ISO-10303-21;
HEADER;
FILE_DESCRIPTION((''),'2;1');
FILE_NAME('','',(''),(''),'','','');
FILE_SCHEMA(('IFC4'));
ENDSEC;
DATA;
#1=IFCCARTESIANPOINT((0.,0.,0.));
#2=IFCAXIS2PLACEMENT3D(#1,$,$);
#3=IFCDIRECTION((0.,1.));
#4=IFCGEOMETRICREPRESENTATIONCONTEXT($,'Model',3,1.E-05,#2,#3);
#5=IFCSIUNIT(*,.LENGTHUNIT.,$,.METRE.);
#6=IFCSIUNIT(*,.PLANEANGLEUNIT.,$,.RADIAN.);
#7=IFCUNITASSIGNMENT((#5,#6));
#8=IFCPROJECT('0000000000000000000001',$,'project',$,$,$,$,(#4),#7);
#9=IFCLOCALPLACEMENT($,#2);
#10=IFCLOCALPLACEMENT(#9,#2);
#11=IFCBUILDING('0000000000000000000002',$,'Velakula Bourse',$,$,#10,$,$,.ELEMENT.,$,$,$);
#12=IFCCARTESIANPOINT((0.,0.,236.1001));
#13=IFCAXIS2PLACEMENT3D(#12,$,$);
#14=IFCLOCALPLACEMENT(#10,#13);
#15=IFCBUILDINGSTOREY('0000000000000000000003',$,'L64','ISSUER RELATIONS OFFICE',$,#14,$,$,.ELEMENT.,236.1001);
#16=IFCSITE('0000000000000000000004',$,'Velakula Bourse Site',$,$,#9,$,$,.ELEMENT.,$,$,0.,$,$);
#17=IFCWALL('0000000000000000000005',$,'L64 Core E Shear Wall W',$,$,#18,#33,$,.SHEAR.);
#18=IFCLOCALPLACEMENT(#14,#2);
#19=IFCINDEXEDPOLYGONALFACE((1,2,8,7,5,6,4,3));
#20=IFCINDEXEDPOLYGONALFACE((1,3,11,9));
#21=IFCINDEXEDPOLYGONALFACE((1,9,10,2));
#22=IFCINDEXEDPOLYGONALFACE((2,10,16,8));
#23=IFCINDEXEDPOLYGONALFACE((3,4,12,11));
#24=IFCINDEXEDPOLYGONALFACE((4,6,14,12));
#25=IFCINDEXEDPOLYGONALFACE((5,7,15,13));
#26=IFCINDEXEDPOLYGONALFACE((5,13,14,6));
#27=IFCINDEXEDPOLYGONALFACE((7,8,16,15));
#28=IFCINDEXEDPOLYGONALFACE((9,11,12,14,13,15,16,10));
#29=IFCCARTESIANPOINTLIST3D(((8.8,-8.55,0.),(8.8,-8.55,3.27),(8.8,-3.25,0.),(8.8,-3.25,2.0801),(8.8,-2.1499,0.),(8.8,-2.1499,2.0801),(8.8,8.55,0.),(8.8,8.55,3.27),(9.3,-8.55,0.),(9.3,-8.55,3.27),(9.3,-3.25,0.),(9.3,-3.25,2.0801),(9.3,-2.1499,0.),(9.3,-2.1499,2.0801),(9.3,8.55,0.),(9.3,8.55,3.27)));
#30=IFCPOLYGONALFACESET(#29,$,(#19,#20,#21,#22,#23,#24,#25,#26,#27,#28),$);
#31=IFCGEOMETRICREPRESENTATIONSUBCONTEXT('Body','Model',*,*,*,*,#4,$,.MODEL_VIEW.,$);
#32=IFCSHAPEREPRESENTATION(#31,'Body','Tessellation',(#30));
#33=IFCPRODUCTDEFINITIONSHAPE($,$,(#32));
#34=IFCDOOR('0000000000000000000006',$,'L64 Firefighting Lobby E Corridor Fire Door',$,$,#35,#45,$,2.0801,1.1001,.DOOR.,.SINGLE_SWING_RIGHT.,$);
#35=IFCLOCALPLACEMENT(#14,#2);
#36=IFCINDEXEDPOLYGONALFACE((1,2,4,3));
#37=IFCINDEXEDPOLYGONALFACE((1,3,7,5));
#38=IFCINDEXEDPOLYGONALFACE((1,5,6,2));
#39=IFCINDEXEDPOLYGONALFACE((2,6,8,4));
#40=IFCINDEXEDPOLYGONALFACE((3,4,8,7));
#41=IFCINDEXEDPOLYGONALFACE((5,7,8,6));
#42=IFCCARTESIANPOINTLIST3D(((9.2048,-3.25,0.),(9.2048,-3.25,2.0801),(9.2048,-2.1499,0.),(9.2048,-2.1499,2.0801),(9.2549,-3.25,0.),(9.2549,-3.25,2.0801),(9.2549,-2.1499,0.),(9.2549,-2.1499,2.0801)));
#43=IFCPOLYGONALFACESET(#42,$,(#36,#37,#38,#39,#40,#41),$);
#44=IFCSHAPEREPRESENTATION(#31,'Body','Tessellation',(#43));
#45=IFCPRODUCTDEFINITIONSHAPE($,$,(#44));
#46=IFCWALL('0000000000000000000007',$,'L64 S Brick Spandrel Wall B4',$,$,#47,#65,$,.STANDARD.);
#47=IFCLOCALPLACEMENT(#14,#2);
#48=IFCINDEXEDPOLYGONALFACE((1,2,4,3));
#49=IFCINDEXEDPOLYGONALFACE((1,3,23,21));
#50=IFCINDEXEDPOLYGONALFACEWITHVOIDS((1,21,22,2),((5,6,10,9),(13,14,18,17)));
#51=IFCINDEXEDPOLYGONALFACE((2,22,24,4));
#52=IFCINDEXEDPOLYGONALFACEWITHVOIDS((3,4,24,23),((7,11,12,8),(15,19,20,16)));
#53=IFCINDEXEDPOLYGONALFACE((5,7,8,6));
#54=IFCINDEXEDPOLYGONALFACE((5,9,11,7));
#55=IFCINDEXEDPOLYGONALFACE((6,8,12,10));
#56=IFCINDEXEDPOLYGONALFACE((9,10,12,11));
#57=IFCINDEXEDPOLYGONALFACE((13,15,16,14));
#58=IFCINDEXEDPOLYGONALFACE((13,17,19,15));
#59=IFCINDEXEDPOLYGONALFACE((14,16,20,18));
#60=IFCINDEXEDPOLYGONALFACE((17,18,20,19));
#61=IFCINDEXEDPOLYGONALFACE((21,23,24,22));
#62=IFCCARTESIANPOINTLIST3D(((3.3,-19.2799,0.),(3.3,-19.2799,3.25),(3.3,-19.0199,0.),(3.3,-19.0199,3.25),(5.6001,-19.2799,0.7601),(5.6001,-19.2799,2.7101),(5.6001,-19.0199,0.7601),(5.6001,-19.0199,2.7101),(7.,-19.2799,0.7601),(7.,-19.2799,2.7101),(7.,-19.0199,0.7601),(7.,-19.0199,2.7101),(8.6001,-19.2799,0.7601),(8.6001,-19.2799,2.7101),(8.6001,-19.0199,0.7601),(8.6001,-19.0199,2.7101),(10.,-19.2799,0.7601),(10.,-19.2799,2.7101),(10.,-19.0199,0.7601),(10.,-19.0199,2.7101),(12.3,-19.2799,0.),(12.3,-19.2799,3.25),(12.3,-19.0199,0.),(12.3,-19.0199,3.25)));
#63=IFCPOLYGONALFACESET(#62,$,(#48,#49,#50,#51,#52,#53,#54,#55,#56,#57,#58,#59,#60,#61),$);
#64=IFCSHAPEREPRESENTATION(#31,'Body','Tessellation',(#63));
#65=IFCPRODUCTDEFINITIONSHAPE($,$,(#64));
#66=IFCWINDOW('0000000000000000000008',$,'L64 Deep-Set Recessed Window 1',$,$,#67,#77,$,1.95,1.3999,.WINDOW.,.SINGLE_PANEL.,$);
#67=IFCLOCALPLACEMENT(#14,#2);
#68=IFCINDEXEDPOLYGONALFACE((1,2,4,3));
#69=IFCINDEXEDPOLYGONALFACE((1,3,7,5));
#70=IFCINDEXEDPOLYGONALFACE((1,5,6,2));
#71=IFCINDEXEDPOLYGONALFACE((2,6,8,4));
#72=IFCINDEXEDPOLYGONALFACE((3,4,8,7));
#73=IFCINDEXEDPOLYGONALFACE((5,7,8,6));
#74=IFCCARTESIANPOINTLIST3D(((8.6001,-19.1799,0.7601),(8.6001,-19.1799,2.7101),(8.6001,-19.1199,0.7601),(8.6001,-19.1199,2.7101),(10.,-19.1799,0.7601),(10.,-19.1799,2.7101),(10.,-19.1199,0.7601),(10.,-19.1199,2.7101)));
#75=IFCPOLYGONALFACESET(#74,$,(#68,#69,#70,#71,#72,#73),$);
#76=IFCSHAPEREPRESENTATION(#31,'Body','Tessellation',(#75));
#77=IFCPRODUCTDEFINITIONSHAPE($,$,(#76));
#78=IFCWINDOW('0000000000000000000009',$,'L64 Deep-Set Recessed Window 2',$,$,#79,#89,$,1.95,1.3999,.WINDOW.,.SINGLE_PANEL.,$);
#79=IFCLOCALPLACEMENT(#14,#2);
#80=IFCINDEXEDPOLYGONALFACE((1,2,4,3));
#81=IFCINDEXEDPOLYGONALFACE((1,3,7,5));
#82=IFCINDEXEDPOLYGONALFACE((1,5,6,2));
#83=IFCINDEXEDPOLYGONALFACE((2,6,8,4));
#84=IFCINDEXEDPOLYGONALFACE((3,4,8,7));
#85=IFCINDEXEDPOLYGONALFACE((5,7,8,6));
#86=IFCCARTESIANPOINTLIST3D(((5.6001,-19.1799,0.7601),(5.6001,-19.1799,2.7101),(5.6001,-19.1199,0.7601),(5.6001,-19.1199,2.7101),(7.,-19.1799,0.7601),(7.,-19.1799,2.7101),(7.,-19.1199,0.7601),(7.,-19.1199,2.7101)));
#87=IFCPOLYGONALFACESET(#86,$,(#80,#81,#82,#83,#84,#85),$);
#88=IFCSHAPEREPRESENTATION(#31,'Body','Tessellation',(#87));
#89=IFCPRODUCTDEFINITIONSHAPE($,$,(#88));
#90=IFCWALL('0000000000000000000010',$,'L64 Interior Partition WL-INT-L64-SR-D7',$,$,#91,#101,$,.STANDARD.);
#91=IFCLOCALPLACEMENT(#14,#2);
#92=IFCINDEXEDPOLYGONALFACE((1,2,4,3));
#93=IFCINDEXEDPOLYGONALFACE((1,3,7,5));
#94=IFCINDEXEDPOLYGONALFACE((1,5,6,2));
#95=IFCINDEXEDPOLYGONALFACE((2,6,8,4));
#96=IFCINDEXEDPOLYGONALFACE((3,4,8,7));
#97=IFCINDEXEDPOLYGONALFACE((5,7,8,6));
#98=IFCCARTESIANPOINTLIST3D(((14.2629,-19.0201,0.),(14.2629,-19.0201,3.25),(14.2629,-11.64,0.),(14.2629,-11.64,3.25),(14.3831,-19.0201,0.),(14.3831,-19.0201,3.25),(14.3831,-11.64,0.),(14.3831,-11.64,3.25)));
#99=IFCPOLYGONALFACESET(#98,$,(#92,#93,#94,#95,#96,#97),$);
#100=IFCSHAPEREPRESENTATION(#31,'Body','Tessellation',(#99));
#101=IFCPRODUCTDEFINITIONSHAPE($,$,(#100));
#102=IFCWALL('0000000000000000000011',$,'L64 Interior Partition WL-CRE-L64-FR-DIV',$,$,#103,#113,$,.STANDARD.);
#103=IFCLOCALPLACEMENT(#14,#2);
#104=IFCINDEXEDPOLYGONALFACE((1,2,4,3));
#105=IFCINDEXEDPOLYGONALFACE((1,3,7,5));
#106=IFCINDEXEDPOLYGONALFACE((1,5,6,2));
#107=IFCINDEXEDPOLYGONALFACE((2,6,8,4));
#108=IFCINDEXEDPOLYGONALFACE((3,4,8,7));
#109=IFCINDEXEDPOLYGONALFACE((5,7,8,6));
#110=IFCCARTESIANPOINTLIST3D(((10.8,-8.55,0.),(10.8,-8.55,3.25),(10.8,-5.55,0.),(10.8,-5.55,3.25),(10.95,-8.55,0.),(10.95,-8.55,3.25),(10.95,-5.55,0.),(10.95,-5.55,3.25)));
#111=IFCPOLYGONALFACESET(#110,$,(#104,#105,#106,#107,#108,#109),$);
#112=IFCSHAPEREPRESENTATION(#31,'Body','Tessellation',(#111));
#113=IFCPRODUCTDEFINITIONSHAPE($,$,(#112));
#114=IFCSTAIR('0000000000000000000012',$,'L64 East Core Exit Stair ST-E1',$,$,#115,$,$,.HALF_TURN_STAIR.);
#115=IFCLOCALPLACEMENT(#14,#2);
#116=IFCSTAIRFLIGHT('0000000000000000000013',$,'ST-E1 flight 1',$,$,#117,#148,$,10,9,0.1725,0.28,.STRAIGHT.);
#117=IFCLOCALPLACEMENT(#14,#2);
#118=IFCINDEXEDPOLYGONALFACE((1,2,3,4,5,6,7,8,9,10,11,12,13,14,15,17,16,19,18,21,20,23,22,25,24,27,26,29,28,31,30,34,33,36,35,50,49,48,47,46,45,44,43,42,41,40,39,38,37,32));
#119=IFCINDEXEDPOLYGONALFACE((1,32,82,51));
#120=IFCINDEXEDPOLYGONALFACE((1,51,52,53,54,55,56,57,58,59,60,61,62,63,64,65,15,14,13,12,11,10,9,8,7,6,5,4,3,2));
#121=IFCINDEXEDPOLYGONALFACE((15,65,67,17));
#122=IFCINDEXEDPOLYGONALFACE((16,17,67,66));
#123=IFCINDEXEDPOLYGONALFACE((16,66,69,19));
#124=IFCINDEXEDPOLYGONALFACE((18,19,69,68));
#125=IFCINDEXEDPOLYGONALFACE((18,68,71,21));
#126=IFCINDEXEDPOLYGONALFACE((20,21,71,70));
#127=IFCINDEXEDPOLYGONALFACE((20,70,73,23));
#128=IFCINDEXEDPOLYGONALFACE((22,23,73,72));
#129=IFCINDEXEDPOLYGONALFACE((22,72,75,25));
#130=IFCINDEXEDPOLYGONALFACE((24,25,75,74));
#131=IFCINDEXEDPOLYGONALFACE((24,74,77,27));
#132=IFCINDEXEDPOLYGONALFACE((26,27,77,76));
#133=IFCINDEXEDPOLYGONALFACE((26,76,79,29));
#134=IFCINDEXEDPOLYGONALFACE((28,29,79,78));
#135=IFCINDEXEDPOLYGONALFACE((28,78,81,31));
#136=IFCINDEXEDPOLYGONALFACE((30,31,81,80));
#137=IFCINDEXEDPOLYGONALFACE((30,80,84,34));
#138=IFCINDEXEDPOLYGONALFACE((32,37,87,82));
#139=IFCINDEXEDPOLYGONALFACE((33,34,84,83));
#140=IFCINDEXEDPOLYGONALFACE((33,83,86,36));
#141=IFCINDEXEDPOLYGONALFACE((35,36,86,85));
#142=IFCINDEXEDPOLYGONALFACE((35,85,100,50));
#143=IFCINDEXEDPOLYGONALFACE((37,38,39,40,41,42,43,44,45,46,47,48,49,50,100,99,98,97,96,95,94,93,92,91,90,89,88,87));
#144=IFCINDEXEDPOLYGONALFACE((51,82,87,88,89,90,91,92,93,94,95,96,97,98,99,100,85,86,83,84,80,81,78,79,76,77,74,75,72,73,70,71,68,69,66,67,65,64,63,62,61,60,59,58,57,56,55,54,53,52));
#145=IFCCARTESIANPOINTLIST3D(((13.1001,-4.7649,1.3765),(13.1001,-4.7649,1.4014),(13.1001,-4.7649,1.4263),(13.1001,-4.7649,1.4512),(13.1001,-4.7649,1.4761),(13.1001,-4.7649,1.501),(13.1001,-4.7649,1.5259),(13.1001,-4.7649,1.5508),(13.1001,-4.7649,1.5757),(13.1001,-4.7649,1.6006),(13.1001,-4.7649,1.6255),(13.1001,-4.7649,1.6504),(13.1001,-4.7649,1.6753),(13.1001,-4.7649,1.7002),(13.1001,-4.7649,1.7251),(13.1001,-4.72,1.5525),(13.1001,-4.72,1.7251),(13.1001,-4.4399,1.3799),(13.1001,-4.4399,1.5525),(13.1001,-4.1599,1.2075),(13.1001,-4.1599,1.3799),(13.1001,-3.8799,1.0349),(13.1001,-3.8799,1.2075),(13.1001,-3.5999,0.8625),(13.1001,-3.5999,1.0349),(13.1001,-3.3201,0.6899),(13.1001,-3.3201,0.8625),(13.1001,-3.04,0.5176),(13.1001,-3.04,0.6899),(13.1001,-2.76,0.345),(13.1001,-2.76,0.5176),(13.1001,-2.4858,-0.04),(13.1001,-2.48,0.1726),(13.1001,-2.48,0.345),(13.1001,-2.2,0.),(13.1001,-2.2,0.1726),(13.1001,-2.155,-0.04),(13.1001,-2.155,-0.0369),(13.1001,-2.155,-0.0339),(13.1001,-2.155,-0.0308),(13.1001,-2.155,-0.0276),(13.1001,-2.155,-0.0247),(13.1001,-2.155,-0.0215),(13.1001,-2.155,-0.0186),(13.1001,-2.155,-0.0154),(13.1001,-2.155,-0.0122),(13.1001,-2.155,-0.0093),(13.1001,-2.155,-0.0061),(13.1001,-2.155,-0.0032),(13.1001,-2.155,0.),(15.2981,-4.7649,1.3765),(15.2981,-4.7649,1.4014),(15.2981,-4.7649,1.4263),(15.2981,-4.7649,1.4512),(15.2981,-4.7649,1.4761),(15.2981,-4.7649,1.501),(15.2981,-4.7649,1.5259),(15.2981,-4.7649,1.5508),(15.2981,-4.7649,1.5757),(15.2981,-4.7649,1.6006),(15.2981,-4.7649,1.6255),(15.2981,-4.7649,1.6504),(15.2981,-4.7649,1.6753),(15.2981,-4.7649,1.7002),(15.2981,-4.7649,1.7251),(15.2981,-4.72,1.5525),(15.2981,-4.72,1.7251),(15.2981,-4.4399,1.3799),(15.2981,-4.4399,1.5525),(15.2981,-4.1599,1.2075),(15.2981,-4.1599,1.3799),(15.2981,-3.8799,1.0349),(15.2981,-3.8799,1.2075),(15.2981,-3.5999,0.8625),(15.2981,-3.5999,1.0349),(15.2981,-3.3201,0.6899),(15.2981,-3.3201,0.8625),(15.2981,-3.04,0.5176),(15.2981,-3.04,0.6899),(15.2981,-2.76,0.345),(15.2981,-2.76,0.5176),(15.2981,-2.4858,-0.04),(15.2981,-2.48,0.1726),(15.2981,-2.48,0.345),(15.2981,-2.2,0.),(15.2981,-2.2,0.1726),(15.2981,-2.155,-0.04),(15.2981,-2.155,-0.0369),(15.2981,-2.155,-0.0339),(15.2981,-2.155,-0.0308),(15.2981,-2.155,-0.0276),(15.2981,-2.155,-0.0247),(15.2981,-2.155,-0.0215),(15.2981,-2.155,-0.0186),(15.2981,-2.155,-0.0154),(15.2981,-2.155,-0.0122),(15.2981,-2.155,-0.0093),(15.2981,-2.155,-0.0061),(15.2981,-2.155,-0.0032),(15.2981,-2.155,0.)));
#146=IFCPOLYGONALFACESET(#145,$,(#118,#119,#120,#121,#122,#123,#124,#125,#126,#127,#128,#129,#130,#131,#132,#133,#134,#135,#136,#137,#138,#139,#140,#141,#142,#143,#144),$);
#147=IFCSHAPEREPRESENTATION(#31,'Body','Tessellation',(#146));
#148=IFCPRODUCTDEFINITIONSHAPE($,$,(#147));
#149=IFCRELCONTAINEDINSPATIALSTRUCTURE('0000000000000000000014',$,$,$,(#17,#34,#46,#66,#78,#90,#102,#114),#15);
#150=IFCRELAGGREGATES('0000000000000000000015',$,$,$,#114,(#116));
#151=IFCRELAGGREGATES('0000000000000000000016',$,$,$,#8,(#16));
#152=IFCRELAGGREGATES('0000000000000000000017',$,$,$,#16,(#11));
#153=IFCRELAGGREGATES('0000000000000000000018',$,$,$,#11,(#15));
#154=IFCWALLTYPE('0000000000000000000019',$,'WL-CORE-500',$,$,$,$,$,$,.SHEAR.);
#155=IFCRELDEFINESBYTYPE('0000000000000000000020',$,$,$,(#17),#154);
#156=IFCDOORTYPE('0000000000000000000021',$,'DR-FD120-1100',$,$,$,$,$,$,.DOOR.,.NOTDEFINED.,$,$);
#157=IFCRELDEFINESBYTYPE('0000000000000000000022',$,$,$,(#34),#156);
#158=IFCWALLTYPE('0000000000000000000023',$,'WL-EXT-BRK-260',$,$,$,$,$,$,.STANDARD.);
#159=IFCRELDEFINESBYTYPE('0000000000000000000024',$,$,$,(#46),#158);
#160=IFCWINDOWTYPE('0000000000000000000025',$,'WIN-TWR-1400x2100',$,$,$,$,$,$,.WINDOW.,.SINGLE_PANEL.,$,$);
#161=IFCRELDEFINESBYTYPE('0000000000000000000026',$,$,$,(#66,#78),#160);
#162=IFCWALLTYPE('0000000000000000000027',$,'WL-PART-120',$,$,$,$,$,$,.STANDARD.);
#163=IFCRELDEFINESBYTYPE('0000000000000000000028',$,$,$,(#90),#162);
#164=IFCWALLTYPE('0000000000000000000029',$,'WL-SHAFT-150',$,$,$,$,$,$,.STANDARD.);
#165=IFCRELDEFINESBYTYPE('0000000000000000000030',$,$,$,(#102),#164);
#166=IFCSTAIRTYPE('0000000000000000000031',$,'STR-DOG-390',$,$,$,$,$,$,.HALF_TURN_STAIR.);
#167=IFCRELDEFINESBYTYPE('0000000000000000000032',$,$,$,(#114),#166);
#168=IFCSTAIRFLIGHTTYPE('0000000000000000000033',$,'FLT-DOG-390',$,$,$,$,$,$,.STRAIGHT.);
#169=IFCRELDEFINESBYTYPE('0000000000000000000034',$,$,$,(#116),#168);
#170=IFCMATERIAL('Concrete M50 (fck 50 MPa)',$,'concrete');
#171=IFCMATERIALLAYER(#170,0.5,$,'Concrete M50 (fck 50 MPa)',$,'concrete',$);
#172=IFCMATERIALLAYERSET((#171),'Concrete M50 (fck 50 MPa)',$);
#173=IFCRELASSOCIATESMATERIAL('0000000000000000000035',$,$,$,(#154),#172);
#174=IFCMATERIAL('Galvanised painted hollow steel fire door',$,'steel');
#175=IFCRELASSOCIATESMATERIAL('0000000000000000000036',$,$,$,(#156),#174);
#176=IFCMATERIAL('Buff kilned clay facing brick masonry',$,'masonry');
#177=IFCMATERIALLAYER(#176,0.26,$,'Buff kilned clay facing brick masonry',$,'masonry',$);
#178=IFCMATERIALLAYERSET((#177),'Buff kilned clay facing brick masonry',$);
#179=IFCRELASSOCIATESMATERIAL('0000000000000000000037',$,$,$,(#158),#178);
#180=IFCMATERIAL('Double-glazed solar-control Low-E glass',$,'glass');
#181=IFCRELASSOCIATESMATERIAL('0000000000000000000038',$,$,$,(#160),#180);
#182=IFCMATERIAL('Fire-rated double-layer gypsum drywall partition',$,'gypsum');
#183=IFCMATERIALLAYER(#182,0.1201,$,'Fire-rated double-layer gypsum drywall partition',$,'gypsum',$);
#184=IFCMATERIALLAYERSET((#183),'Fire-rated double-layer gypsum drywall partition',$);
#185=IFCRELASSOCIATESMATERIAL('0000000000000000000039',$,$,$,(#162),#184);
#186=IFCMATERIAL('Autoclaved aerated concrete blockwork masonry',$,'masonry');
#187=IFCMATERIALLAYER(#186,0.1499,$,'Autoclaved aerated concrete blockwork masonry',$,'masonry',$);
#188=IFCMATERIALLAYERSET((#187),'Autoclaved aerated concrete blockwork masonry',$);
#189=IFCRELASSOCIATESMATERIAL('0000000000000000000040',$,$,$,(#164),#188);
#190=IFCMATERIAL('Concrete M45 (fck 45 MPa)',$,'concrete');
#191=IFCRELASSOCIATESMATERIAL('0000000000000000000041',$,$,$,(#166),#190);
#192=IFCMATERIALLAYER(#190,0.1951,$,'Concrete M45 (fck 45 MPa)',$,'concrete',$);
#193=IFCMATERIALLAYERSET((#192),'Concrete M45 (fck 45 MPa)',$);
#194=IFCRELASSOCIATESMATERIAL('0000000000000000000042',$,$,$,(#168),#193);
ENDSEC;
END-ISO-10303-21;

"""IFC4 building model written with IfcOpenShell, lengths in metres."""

from ifc_helpers import new_model, si_unit, direction, frame, frame_2d, origin, place, context, subcontext, project, spatial, polyline, rectangle, outline, extrude, material, layer, layer_set, type_object, element, fill, aggregate, save


model = new_model("IFC4")

# Units and contexts
model_context = context("Model", 3, precision=1e-05, world=origin(), true_north=direction((0.0, 1.0)))
body_context = subcontext(model_context, "Body", "Model", "MODEL_VIEW")
ifc_project = project(units=[si_unit("LENGTHUNIT", "METRE"), si_unit("PLANEANGLEUNIT", "RADIAN")], contexts=[model_context])

# Site, building, storey
site_placement = place(None, origin())
site = spatial("IfcSite", under=ifc_project, at=site_placement, Name="Velakula Bourse Site", CompositionType="ELEMENT", RefElevation=0.0)
building_placement = place(site_placement, origin())
building = spatial("IfcBuilding", under=site, at=building_placement, Name="Velakula Bourse", CompositionType="ELEMENT")
storey_placement = place(building_placement, frame((0.0, 0.0, 236.1001)))
storey = spatial("IfcBuildingStorey", under=building, at=storey_placement, Name="L64", Description="ISSUER RELATIONS OFFICE", CompositionType="ELEMENT", Elevation=236.1001)

# Shared definitions
ifc_material_1 = material(Name="Concrete M50 (fck 50 MPa)", Category="concrete")

# Shared definitions
ifc_material_2 = material(Name="Galvanised painted hollow steel fire door", Category="steel")

# Wall, opening, door
ifc_layer_1 = layer(ifc_material_1, 0.5, Name="Concrete M50 (fck 50 MPa)", Category="concrete")
ifc_layer_set_1 = layer_set([ifc_layer_1], Name="Concrete M50 (fck 50 MPa)")
wall_type_1 = type_object("IfcWallType", Name="WL-CORE-500", PredefinedType="SHEAR", material=ifc_layer_set_1)
wall_1_placement = place(storey_placement, frame((9.05, -8.55, 0.0), z_axis=(0.0, 0.0, 1.0), x_axis=(0.0, 1.0, 0.0)))
wall_1 = element("IfcWall", 1, at=wall_1_placement, inside=storey, type_object=wall_type_1, Name="L64 Core E Shear Wall W", PredefinedType="SHEAR", context=body_context, shape_type="SweptSolid", body=[
    extrude(rectangle(XDim=17.1001, YDim=0.5, at=frame_2d((8.55, 0.0))), origin(), (0.0, 0.0, 1.0), 3.27),
])
opening_1_placement = place(wall_1_placement, frame((5.3, 0.0, 0.0)))
opening_1 = element("IfcOpeningElement", 2, at=opening_1_placement, cuts=wall_1, PredefinedType="OPENING", context=body_context, shape_type="SweptSolid", body=[
    extrude(rectangle(XDim=1.1001, YDim=2.0801, at=frame_2d((0.55, 1.04))), frame((0.0, 0.26, 0.0), z_axis=(0.0, -1.0, 0.0), x_axis=(1.0, 0.0, 0.0)), (0.0, 0.0, 1.0), 0.52),
])
door_type_1 = type_object("IfcDoorType", Name="DR-FD120-1100", OperationType="NOTDEFINED", PredefinedType="DOOR", material=ifc_material_2)
door_1_placement = place(opening_1_placement, origin())
door_1 = element("IfcDoor", 3, at=door_1_placement, inside=storey, type_object=door_type_1, Name="L64 Firefighting Lobby E Corridor Fire Door", OperationType="SINGLE_SWING_RIGHT", OverallHeight=2.0801, OverallWidth=1.1001, PredefinedType="DOOR", context=body_context, shape_type="SweptSolid", body=[
    extrude(rectangle(XDim=1.1001, YDim=2.0801, at=frame_2d((0.55, 1.04))), frame((0.0, -0.1548, 0.0), z_axis=(0.0, -1.0, 0.0), x_axis=(1.0, 0.0, 0.0)), (0.0, 0.0, 1.0), 0.05),
])
fill(opening_1, door_1)

# Wall, openings, windows
ifc_material_3 = material(Name="Buff kilned clay facing brick masonry", Category="masonry")
ifc_layer_2 = layer(ifc_material_3, 0.26, Name="Buff kilned clay facing brick masonry", Category="masonry")
ifc_layer_set_2 = layer_set([ifc_layer_2], Name="Buff kilned clay facing brick masonry")
wall_type_2 = type_object("IfcWallType", Name="WL-EXT-BRK-260", PredefinedType="STANDARD", material=ifc_layer_set_2)
wall_2_placement = place(storey_placement, frame((12.3, -19.1499, 0.0), z_axis=(0.0, 0.0, 1.0), x_axis=(-1.0, 0.0, 0.0)))
wall_2 = element("IfcWall", 4, at=wall_2_placement, inside=storey, type_object=wall_type_2, Name="L64 S Brick Spandrel Wall B4", PredefinedType="STANDARD", context=body_context, shape_type="SweptSolid", body=[
    extrude(rectangle(XDim=9.0, YDim=0.26, at=frame_2d((4.5, 0.0))), origin(), (0.0, 0.0, 1.0), 3.25),
])
opening_2_placement = place(wall_2_placement, frame((2.3, 0.0, 0.76)))
opening_2 = element("IfcOpeningElement", 5, at=opening_2_placement, cuts=wall_2, PredefinedType="OPENING", context=body_context, shape_type="SweptSolid", body=[
    extrude(rectangle(XDim=1.3999, YDim=1.95, at=frame_2d((0.7, 0.9751))), frame((0.0, 0.1399, 0.0), z_axis=(0.0, -1.0, 0.0), x_axis=(1.0, 0.0, 0.0)), (0.0, 0.0, 1.0), 0.28),
])
opening_3_placement = place(wall_2_placement, frame((5.3, 0.0, 0.76)))
opening_3 = element("IfcOpeningElement", 6, at=opening_3_placement, cuts=wall_2, PredefinedType="OPENING", context=body_context, shape_type="SweptSolid", body=[
    extrude(rectangle(XDim=1.3999, YDim=1.95, at=frame_2d((0.7, 0.9751))), frame((0.0, 0.1399, 0.0), z_axis=(0.0, -1.0, 0.0), x_axis=(1.0, 0.0, 0.0)), (0.0, 0.0, 1.0), 0.28),
])
ifc_material_4 = material(Name="Double-glazed solar-control Low-E glass", Category="glass")
window_type = type_object("IfcWindowType", Name="WIN-TWR-1400x2100", PartitioningType="SINGLE_PANEL", PredefinedType="WINDOW", material=ifc_material_4)
window_1_placement = place(opening_2_placement, origin())
window_1 = element("IfcWindow", 7, at=window_1_placement, inside=storey, type_object=window_type, Name="L64 Deep-Set Recessed Window 1", OverallHeight=1.95, OverallWidth=1.3999, PartitioningType="SINGLE_PANEL", PredefinedType="WINDOW", context=body_context, shape_type="SweptSolid", body=[
    extrude(rectangle(XDim=1.3999, YDim=1.95, at=frame_2d((0.7, 0.9751))), frame((0.0, 0.03, 0.0), z_axis=(0.0, -1.0, 0.0), x_axis=(1.0, 0.0, 0.0)), (0.0, 0.0, 1.0), 0.0601),
])
fill(opening_2, window_1)
window_2_placement = place(opening_3_placement, origin())
window_2 = element("IfcWindow", 8, at=window_2_placement, inside=storey, type_object=window_type, Name="L64 Deep-Set Recessed Window 2", OverallHeight=1.95, OverallWidth=1.3999, PartitioningType="SINGLE_PANEL", PredefinedType="WINDOW", context=body_context, shape_type="SweptSolid", body=[
    extrude(rectangle(XDim=1.3999, YDim=1.95, at=frame_2d((0.7, 0.9751))), frame((0.0, 0.03, 0.0), z_axis=(0.0, -1.0, 0.0), x_axis=(1.0, 0.0, 0.0)), (0.0, 0.0, 1.0), 0.0601),
])
fill(opening_3, window_2)

# Wall
ifc_material_5 = material(Name="Fire-rated double-layer gypsum drywall partition", Category="gypsum")
ifc_layer_3 = layer(ifc_material_5, 0.1201, Name="Fire-rated double-layer gypsum drywall partition", Category="gypsum")
ifc_layer_set_3 = layer_set([ifc_layer_3], Name="Fire-rated double-layer gypsum drywall partition")
wall_type_3 = type_object("IfcWallType", Name="WL-PART-120", PredefinedType="STANDARD", material=ifc_layer_set_3)
wall_3_placement = place(storey_placement, frame((14.323, -19.02, 0.0), z_axis=(0.0, 0.0, 1.0), x_axis=(0.0, 1.0, 0.0)))
element("IfcWall", 9, at=wall_3_placement, inside=storey, type_object=wall_type_3, Name="L64 Interior Partition WL-INT-L64-SR-D7", PredefinedType="STANDARD", context=body_context, shape_type="SweptSolid", body=[
    extrude(rectangle(XDim=7.3801, YDim=0.1201, at=frame_2d((3.6899, 0.0))), origin(), (0.0, 0.0, 1.0), 3.25),
])

# Shared definitions
ifc_material_6 = material(Name="Autoclaved aerated concrete blockwork masonry", Category="masonry")
ifc_layer_4 = layer(ifc_material_6, 0.1499, Name="Autoclaved aerated concrete blockwork masonry", Category="masonry")
ifc_layer_set_4 = layer_set([ifc_layer_4], Name="Autoclaved aerated concrete blockwork masonry")
wall_type_4 = type_object("IfcWallType", Name="WL-SHAFT-150", PredefinedType="STANDARD", material=ifc_layer_set_4)

# Wall
wall_4_placement = place(storey_placement, frame((10.875, -8.55, 0.0), z_axis=(0.0, 0.0, 1.0), x_axis=(0.0, 1.0, 0.0)))
element("IfcWall", 10, at=wall_4_placement, inside=storey, type_object=wall_type_4, Name="L64 Interior Partition WL-CRE-L64-FR-DIV", PredefinedType="STANDARD", context=body_context, shape_type="SweptSolid", body=[
    extrude(rectangle(XDim=3.0, YDim=0.1499, at=frame_2d((1.5, 0.0))), origin(), (0.0, 0.0, 1.0), 3.25),
])

# Stair, stair flight
ifc_material_7 = material(Name="Concrete M45 (fck 45 MPa)", Category="concrete")
stair_type = type_object("IfcStairType", Name="STR-DOG-390", PredefinedType="HALF_TURN_STAIR", material=ifc_material_7)
stair_placement = place(storey_placement, origin())
stair = element("IfcStair", 11, at=stair_placement, inside=storey, type_object=stair_type, Name="L64 East Core Exit Stair ST-E1", PredefinedType="HALF_TURN_STAIR")
ifc_layer_5 = layer(ifc_material_7, 0.1951, Name="Concrete M45 (fck 45 MPa)", Category="concrete")
ifc_layer_set_5 = layer_set([ifc_layer_5], Name="Concrete M45 (fck 45 MPa)")
stair_flight_type = type_object("IfcStairFlightType", Name="FLT-DOG-390", PredefinedType="STRAIGHT", material=ifc_layer_set_5)
stair_flight_1_placement = place(storey_placement, frame((14.199, -2.2, 0.0), z_axis=(0.0, 0.0, 1.0), x_axis=(0.0, -1.0, 0.0)))
stair_flight_1 = element("IfcStairFlight", 12, at=stair_flight_1_placement, type_object=stair_flight_type, Name="ST-E1 flight 1", NumberOfRisers=10, NumberOfTreads=9, PredefinedType="STRAIGHT", RiserHeight=0.1725, TreadLength=0.28, context=body_context, shape_type="SweptSolid", body=[
    extrude(outline(polyline([(-0.0449, -0.04), (-0.0449, -0.0369), (-0.0449, -0.0339), (-0.0449, -0.0308), (-0.0449, -0.0276), (-0.0449, -0.0247), (-0.0449, -0.0215), (-0.0449, -0.0186), (-0.0449, -0.0154), (-0.0449, -0.0122), (-0.0449, -0.0093), (-0.0449, -0.0061), (-0.0449, -0.0032), (-0.0449, 0.0), (0.0, 0.0), (0.0, 0.1726), (0.28, 0.1726), (0.28, 0.345), (0.5601, 0.345), (0.5601, 0.5176), (0.8401, 0.5176), (0.8401, 0.6899), (1.1201, 0.6899), (1.1201, 0.8625), (1.3999, 0.8625), (1.3999, 1.0349), (1.6799, 1.0349), (1.6799, 1.2075), (1.96, 1.2075), (1.96, 1.3799), (2.24, 1.3799), (2.24, 1.5525), (2.52, 1.5525), (2.52, 1.7251), (2.5649, 1.7251), (2.5649, 1.7002), (2.5649, 1.6753), (2.5649, 1.6504), (2.5649, 1.6255), (2.5649, 1.6006), (2.5649, 1.5757), (2.5649, 1.5508), (2.5649, 1.5259), (2.5649, 1.501), (2.5649, 1.4761), (2.5649, 1.4512), (2.5649, 1.4263), (2.5649, 1.4014), (2.5649, 1.3765), (0.2859, -0.04), (-0.0449, -0.04)])), frame((0.0, 1.0991, 0.0), z_axis=(0.0, -1.0, 0.0), x_axis=(1.0, 0.0, 0.0)), (0.0, 0.0, 1.0), 2.198),
])
aggregate(stair, [stair_flight_1])

save(model, "model.ifc")
